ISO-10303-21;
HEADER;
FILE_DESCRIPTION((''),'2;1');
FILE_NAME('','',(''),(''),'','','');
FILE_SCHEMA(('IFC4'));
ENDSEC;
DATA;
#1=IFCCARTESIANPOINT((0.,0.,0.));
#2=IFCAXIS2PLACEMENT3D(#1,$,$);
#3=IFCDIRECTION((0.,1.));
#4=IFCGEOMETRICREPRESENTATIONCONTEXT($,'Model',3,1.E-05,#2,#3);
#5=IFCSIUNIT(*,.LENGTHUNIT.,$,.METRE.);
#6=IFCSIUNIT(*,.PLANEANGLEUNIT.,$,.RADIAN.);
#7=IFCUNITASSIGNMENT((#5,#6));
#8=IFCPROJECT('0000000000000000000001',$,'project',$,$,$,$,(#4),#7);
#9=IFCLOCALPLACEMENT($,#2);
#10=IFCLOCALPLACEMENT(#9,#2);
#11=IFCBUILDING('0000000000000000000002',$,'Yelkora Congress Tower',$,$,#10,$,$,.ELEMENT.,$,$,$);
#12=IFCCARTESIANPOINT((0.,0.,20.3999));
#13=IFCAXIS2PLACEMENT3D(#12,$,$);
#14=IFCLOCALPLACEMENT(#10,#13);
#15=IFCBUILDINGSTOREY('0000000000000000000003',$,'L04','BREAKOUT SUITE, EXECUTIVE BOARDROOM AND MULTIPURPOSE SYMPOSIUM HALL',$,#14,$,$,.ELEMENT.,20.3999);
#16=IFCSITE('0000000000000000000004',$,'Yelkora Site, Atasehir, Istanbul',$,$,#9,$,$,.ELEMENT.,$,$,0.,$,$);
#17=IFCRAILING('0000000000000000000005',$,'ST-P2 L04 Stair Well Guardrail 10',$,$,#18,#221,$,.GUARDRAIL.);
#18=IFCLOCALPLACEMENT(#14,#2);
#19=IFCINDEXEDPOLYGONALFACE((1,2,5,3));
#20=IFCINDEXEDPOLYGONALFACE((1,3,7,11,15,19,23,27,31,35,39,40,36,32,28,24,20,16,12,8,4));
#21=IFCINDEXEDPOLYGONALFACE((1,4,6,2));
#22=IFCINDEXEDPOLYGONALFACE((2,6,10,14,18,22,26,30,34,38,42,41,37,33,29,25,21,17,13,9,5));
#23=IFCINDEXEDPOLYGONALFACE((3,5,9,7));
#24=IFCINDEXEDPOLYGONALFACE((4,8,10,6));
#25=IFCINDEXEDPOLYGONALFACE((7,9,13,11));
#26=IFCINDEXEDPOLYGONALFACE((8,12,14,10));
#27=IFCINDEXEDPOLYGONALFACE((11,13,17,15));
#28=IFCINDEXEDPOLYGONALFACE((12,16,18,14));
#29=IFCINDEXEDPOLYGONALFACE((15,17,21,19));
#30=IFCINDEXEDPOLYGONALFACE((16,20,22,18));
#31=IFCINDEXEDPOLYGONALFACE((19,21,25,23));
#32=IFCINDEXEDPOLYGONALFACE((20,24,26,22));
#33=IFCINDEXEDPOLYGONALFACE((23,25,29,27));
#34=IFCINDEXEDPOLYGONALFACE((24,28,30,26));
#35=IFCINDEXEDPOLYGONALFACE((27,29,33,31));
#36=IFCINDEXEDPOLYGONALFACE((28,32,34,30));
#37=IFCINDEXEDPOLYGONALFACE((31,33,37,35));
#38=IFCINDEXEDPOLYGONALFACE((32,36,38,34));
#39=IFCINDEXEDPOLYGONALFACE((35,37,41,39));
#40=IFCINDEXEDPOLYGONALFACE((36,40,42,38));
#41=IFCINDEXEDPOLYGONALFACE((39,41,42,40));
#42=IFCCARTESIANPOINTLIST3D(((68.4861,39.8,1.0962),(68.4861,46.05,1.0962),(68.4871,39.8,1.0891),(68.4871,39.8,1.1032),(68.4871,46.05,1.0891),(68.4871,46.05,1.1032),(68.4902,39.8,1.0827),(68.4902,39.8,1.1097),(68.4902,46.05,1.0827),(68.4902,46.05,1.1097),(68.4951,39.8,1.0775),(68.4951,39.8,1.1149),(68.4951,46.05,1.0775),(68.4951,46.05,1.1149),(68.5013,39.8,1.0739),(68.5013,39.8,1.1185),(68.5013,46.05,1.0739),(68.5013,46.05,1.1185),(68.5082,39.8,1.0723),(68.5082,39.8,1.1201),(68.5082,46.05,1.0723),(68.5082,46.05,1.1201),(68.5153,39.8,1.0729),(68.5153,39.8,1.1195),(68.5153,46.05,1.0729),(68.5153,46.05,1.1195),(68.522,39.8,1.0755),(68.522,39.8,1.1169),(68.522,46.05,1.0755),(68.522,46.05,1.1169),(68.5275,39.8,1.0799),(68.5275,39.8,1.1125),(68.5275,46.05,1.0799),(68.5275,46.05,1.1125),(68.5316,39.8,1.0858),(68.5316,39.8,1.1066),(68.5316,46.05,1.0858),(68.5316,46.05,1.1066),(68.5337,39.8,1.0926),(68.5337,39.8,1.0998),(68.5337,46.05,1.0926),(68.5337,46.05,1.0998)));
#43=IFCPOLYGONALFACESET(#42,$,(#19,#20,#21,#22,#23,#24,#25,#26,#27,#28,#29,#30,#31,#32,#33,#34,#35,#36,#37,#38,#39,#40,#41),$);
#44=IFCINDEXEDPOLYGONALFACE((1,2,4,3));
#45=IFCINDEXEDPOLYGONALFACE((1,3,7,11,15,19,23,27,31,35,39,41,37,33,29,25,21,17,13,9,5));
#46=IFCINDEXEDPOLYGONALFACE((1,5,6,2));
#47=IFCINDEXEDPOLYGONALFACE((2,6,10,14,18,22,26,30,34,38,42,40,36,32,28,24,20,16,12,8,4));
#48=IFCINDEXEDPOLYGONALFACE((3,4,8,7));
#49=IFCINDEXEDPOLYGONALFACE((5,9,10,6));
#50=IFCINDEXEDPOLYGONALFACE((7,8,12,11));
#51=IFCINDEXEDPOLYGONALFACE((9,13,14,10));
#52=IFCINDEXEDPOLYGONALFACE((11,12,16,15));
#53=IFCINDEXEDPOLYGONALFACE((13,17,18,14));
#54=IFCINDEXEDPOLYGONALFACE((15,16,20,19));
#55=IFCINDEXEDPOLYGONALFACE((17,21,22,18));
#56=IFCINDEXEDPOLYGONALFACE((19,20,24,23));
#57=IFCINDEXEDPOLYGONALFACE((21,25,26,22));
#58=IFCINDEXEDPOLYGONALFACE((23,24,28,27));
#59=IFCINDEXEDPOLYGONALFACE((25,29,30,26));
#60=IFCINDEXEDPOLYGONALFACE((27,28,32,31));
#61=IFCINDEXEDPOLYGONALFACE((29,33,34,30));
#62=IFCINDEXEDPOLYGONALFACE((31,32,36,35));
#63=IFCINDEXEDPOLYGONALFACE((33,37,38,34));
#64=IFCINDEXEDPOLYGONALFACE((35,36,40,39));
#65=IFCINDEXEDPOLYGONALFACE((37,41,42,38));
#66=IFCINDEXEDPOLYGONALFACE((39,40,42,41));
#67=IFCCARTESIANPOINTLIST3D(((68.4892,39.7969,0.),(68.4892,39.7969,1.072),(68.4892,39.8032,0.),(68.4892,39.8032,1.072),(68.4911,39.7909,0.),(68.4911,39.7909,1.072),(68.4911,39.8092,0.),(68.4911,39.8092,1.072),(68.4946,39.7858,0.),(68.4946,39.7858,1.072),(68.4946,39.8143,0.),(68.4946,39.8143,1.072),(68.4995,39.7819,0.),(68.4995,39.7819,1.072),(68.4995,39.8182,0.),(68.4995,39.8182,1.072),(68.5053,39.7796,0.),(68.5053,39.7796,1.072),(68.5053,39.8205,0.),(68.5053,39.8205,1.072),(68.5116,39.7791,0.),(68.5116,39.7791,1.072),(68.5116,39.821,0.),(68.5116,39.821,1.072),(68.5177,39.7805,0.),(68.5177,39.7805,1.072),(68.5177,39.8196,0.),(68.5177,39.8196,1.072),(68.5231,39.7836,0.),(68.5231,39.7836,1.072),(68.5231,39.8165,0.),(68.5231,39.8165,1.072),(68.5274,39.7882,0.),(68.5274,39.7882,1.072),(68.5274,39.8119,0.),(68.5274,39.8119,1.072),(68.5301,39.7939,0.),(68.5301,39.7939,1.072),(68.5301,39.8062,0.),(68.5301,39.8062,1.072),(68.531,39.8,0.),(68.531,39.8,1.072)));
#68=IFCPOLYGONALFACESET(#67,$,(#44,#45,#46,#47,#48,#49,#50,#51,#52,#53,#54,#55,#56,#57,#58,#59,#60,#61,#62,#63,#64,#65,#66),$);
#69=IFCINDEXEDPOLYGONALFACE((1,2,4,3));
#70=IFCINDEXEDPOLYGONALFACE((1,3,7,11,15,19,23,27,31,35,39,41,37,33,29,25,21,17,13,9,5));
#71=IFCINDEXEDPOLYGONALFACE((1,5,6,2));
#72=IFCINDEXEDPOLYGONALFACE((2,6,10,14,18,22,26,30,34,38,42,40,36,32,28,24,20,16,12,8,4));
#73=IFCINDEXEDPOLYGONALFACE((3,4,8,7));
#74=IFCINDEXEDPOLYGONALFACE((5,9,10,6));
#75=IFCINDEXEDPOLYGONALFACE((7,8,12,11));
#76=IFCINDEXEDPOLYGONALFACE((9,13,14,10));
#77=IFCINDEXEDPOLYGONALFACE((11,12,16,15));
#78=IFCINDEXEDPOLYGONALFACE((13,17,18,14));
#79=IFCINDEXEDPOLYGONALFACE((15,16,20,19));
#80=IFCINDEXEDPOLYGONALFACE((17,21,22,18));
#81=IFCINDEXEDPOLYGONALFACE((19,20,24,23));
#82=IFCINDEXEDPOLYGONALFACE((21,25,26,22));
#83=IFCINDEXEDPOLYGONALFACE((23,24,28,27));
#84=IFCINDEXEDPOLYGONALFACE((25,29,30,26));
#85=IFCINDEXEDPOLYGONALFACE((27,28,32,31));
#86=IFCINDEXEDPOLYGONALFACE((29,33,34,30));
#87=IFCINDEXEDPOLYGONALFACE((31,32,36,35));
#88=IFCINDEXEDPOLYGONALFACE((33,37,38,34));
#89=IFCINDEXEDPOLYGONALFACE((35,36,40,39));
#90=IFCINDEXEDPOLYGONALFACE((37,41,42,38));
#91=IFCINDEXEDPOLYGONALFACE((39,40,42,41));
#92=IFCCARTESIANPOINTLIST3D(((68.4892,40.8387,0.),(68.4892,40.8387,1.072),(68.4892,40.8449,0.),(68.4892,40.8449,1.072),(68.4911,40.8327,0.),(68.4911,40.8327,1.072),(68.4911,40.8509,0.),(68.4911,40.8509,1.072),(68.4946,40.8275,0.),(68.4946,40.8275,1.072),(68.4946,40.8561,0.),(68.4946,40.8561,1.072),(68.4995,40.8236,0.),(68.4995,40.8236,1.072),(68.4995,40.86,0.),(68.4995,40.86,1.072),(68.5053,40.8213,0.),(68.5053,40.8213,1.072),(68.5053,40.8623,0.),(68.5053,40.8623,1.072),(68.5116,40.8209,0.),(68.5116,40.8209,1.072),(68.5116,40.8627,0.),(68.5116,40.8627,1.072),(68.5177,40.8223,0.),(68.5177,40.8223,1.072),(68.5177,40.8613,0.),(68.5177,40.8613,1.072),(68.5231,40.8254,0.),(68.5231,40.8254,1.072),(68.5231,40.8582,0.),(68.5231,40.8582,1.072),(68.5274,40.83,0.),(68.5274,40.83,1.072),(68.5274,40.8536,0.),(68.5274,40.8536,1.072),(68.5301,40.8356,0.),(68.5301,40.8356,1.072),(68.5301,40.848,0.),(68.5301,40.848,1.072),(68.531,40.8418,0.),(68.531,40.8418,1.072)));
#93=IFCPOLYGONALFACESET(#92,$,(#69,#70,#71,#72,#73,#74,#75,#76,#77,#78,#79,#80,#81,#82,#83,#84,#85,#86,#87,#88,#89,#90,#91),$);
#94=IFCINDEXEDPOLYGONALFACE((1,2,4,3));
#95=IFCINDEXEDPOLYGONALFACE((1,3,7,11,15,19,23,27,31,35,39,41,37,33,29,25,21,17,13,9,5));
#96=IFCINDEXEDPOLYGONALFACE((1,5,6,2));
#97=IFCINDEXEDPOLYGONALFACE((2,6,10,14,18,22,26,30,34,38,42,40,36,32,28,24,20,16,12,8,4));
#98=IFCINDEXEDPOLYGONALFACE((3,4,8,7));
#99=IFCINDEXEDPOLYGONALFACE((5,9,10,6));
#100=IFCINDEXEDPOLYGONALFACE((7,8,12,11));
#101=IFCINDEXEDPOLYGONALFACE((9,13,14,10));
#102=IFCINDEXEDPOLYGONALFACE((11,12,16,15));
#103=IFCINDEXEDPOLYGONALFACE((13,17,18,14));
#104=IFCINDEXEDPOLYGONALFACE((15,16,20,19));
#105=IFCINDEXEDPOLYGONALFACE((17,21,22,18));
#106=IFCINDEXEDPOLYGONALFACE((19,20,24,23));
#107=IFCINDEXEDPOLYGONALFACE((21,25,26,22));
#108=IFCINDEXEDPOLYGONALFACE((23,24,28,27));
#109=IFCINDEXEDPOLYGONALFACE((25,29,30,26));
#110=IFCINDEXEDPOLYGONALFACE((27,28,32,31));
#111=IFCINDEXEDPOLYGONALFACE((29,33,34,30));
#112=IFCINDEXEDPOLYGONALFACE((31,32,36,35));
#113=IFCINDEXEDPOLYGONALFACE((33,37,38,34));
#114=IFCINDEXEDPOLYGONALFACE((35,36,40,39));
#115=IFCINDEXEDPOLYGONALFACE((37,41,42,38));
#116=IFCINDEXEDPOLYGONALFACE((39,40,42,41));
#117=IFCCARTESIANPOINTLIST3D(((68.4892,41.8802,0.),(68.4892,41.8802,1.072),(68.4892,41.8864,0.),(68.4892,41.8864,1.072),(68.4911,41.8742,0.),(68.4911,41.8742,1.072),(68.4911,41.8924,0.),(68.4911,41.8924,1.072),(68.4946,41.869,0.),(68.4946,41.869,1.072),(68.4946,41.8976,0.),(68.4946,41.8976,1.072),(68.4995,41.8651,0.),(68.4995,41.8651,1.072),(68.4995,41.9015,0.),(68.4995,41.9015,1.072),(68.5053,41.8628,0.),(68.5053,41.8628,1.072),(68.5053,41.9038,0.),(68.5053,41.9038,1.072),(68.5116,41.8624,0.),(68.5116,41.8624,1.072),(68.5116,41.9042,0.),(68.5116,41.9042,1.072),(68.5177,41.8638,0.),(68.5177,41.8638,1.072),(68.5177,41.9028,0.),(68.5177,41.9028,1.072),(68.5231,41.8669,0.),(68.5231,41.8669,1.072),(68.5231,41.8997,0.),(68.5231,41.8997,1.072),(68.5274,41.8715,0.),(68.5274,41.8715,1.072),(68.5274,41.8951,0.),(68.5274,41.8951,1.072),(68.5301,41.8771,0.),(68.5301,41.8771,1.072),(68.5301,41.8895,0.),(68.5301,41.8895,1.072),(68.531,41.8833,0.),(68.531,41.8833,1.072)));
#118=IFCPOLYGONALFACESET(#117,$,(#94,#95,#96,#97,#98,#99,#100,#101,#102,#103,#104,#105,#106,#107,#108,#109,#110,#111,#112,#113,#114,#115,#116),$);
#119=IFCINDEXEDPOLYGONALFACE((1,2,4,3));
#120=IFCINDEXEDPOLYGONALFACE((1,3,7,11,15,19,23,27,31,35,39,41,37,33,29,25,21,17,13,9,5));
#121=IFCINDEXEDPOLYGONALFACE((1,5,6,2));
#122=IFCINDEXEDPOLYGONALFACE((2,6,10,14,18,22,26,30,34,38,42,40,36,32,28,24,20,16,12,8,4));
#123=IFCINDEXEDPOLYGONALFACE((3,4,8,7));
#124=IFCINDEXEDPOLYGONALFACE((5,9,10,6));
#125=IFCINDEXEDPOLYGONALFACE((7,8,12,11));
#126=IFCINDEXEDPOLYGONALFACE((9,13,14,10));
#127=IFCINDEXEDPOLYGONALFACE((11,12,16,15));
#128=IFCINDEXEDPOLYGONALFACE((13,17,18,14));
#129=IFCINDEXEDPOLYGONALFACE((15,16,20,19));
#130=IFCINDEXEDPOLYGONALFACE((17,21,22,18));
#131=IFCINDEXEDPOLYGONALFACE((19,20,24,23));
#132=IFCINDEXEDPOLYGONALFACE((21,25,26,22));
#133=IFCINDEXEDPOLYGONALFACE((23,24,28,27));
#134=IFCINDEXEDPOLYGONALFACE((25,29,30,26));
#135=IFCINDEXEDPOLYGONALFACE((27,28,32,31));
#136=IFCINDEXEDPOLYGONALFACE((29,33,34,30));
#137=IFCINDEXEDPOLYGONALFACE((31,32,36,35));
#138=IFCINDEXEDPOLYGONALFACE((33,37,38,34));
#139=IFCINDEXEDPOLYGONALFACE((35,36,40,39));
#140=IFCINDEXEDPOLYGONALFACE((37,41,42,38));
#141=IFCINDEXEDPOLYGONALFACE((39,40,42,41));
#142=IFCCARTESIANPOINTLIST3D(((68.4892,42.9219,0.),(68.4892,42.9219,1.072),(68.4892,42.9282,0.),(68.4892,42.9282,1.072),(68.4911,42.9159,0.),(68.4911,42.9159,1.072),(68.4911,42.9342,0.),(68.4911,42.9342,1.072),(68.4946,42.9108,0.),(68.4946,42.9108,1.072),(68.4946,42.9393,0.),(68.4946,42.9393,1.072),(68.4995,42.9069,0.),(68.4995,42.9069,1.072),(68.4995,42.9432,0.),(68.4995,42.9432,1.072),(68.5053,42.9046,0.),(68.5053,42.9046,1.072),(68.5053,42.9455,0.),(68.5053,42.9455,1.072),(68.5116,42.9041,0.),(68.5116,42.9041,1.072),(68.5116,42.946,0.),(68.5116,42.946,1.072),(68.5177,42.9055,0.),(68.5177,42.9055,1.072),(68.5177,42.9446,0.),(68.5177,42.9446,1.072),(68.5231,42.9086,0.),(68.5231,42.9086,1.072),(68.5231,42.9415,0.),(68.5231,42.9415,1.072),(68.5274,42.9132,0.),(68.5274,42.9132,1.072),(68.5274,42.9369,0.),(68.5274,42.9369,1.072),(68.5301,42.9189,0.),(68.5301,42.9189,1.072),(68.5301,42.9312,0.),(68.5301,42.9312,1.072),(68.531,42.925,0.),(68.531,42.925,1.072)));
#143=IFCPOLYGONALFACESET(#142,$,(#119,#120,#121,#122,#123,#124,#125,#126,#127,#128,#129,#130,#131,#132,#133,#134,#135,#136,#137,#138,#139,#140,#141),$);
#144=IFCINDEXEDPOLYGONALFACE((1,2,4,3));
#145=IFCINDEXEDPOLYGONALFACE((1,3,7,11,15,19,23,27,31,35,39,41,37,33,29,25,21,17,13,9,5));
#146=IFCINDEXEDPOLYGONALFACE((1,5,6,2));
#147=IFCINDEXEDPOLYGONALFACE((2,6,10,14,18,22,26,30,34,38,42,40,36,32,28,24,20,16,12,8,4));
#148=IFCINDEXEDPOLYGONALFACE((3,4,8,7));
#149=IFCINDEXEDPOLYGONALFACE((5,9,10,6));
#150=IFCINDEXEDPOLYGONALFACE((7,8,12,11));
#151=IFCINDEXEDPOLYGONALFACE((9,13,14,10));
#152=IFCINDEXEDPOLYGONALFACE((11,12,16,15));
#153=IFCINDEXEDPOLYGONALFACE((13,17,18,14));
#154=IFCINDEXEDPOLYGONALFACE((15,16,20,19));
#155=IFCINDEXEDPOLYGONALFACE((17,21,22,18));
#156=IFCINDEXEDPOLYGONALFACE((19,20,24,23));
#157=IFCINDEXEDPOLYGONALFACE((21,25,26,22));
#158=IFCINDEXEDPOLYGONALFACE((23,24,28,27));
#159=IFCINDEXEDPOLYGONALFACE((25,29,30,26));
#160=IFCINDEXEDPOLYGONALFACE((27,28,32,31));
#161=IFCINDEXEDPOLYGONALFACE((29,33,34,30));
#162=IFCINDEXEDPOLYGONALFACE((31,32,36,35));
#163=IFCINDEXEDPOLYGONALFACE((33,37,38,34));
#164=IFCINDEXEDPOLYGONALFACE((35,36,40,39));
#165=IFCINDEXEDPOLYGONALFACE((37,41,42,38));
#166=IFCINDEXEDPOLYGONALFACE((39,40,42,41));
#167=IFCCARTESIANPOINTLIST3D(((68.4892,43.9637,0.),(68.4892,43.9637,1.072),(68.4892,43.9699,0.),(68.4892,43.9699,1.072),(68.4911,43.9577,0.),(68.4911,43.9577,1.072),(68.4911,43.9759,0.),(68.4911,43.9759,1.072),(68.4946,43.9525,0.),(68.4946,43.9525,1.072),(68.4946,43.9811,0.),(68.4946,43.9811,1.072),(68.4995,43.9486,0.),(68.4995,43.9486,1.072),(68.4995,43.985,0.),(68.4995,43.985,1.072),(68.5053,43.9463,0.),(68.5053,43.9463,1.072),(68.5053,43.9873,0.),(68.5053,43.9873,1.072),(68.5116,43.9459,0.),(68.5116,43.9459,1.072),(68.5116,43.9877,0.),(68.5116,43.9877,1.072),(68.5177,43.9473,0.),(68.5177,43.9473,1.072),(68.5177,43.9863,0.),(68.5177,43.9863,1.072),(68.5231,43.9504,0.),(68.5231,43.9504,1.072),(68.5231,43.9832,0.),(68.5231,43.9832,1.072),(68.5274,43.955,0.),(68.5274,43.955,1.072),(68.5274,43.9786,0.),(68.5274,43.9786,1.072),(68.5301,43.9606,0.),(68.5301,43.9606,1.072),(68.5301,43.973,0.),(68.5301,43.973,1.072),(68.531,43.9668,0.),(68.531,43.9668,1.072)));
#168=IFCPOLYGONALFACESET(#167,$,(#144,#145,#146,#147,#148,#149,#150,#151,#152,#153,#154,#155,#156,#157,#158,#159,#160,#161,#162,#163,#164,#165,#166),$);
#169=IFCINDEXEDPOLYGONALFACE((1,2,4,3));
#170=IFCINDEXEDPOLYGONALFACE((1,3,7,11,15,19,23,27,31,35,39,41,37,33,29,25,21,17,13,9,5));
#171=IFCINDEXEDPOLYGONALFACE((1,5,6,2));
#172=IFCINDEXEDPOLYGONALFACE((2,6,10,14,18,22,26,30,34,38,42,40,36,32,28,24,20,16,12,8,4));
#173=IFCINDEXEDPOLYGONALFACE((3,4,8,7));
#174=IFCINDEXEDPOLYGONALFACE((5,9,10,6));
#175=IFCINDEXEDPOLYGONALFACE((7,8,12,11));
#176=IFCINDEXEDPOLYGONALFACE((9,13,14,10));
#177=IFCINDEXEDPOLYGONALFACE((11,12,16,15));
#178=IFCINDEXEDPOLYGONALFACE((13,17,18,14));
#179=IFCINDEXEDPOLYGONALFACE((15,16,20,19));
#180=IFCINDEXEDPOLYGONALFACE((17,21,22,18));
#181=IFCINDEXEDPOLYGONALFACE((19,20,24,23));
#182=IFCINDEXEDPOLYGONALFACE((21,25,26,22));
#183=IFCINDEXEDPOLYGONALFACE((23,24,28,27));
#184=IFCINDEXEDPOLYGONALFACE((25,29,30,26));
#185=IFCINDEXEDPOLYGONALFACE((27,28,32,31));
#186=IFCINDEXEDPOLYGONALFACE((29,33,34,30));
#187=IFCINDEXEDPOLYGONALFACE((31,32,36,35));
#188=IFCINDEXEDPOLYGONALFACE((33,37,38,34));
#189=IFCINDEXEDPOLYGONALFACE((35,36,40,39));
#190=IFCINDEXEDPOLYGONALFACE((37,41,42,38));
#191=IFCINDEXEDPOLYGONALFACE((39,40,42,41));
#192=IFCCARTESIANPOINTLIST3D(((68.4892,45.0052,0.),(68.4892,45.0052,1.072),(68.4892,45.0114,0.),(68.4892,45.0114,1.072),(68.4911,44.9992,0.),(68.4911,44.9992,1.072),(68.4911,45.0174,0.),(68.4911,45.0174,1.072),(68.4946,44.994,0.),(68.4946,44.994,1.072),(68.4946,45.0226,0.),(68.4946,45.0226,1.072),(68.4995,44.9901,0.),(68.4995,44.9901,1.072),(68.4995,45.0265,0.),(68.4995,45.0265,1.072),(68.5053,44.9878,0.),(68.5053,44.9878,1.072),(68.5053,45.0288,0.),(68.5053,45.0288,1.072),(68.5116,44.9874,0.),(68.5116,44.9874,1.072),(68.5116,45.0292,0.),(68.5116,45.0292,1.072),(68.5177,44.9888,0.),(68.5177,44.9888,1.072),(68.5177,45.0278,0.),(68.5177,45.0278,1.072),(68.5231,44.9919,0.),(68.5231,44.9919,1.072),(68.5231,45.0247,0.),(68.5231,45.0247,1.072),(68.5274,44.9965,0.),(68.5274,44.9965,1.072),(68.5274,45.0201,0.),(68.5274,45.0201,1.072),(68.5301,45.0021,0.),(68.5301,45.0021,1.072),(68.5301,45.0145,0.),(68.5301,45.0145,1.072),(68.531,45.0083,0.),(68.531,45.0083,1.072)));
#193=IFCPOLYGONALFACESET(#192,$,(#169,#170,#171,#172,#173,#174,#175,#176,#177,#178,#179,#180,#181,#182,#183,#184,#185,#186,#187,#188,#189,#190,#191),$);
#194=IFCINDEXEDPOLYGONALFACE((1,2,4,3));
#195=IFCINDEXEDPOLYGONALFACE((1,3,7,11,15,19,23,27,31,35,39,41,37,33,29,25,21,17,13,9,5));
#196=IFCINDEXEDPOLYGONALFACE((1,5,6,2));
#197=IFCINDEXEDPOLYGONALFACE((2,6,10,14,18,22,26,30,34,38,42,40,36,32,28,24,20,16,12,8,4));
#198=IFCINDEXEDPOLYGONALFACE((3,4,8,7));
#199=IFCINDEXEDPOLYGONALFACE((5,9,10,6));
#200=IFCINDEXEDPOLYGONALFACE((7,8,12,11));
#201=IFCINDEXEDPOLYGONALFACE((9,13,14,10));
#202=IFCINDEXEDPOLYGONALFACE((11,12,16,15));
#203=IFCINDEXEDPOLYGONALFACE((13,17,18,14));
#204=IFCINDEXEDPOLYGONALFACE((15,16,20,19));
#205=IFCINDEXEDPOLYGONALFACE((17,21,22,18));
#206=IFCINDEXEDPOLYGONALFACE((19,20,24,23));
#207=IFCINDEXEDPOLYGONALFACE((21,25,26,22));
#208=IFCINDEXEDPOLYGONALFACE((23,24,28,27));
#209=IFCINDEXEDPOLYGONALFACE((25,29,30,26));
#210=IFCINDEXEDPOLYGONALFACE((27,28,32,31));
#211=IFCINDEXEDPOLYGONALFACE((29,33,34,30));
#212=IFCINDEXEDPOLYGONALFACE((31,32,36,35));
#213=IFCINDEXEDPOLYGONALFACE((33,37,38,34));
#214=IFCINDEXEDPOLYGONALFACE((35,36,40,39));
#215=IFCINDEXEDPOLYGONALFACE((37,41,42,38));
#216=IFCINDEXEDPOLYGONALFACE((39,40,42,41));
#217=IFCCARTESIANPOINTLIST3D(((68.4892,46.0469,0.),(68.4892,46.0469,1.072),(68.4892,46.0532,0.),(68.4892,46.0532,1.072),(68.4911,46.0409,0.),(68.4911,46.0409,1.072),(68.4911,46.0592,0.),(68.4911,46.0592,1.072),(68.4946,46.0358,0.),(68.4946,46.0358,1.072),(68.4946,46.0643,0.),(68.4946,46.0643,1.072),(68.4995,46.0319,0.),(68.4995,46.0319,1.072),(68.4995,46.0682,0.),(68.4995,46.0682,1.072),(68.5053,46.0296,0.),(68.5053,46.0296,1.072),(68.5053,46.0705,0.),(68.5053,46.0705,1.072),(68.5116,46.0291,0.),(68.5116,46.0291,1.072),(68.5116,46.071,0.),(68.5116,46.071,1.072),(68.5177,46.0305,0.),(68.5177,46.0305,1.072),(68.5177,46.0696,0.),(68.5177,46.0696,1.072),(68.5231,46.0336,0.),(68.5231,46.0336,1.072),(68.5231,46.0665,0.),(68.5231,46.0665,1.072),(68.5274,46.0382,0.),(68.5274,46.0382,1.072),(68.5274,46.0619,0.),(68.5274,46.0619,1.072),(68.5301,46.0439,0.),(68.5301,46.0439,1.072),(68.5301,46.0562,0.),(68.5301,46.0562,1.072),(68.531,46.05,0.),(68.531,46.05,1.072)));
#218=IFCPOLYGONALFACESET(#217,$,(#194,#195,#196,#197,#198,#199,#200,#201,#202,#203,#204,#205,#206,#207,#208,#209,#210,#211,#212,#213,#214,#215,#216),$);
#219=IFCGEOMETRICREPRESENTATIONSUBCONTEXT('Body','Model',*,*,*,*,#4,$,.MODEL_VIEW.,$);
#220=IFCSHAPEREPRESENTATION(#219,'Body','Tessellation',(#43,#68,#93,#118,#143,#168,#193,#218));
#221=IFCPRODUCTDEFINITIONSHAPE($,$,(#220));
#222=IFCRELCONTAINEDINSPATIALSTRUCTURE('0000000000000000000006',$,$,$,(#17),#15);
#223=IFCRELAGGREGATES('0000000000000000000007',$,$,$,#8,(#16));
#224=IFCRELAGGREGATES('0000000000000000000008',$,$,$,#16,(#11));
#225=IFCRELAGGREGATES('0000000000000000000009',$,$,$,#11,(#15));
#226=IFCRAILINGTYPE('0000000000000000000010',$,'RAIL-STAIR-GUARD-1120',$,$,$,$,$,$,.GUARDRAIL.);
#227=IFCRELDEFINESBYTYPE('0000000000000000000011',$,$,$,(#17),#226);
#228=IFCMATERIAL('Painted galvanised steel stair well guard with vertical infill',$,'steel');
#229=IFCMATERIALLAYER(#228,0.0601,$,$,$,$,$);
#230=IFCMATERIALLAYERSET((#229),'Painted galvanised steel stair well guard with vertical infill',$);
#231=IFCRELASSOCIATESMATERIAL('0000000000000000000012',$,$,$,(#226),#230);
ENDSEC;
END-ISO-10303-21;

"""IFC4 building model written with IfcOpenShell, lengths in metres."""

from ifc_helpers import new_model, si_unit, direction, frame, origin, origin_2d, place, context, subcontext, project, spatial, circle, extrude, material, layer, layer_set, type_object, element, save


model = new_model("IFC4")

# Units and contexts
model_context = context("Model", 3, precision=1e-05, world=origin(), true_north=direction((0.0, 1.0)))
body_context = subcontext(model_context, "Body", "Model", "MODEL_VIEW")
ifc_project = project(units=[si_unit("LENGTHUNIT", "METRE"), si_unit("PLANEANGLEUNIT", "RADIAN")], contexts=[model_context])

# Site, building, storey
site_placement = place(None, origin())
site = spatial("IfcSite", under=ifc_project, at=site_placement, Name="Yelkora Site, Atasehir, Istanbul", CompositionType="ELEMENT", RefElevation=0.0)
building_placement = place(site_placement, origin())
building = spatial("IfcBuilding", under=site, at=building_placement, Name="Yelkora Congress Tower", CompositionType="ELEMENT")
storey_placement = place(building_placement, frame((0.0, 0.0, 20.3999)))
storey = spatial("IfcBuildingStorey", under=building, at=storey_placement, Name="L04", Description="BREAKOUT SUITE, EXECUTIVE BOARDROOM AND MULTIPURPOSE SYMPOSIUM HALL", CompositionType="ELEMENT", Elevation=20.3999)

# Railing
ifc_material_1 = material(Name="Painted galvanised steel stair well guard with vertical infill", Category="steel")
ifc_layer_1 = layer(ifc_material_1, 0.0601)
ifc_layer_set_1 = layer_set([ifc_layer_1], Name="Painted galvanised steel stair well guard with vertical infill")
railing_type_1 = type_object("IfcRailingType", Name="RAIL-STAIR-GUARD-1120", PredefinedType="GUARDRAIL", material=ifc_layer_set_1)
railing_1_placement = place(storey_placement, frame((68.51, 39.8, 0.0)))
element("IfcRailing", 1, at=railing_1_placement, inside=storey, type_object=railing_type_1, Name="ST-P2 L04 Stair Well Guardrail 10", PredefinedType="GUARDRAIL", context=body_context, shape_type="SweptSolid", body=[
    extrude(circle(Radius=0.0239, at=origin_2d()), frame((0.0, 0.0, 1.0962), z_axis=(0.0, 1.0, 0.0), x_axis=(-1.0, 0.0, 0.0)), (0.0, 0.0, 1.0), 6.25),
    extrude(circle(Radius=0.021, at=origin_2d()), origin(), (0.0, 0.0, 1.0), 1.072),
    extrude(circle(Radius=0.021, at=origin_2d()), frame((0.0, 1.0417, 0.0)), (0.0, 0.0, 1.0), 1.072),
    extrude(circle(Radius=0.021, at=origin_2d()), frame((0.0, 2.0833, 0.0)), (0.0, 0.0, 1.0), 1.072),
    extrude(circle(Radius=0.021, at=origin_2d()), frame((0.0, 3.125, 0.0)), (0.0, 0.0, 1.0), 1.072),
    extrude(circle(Radius=0.021, at=origin_2d()), frame((0.0, 4.1667, 0.0)), (0.0, 0.0, 1.0), 1.072),
    extrude(circle(Radius=0.021, at=origin_2d()), frame((0.0, 5.2083, 0.0)), (0.0, 0.0, 1.0), 1.072),
    extrude(circle(Radius=0.021, at=origin_2d()), frame((0.0, 6.25, 0.0)), (0.0, 0.0, 1.0), 1.072),
])

save(model, "model.ifc")
